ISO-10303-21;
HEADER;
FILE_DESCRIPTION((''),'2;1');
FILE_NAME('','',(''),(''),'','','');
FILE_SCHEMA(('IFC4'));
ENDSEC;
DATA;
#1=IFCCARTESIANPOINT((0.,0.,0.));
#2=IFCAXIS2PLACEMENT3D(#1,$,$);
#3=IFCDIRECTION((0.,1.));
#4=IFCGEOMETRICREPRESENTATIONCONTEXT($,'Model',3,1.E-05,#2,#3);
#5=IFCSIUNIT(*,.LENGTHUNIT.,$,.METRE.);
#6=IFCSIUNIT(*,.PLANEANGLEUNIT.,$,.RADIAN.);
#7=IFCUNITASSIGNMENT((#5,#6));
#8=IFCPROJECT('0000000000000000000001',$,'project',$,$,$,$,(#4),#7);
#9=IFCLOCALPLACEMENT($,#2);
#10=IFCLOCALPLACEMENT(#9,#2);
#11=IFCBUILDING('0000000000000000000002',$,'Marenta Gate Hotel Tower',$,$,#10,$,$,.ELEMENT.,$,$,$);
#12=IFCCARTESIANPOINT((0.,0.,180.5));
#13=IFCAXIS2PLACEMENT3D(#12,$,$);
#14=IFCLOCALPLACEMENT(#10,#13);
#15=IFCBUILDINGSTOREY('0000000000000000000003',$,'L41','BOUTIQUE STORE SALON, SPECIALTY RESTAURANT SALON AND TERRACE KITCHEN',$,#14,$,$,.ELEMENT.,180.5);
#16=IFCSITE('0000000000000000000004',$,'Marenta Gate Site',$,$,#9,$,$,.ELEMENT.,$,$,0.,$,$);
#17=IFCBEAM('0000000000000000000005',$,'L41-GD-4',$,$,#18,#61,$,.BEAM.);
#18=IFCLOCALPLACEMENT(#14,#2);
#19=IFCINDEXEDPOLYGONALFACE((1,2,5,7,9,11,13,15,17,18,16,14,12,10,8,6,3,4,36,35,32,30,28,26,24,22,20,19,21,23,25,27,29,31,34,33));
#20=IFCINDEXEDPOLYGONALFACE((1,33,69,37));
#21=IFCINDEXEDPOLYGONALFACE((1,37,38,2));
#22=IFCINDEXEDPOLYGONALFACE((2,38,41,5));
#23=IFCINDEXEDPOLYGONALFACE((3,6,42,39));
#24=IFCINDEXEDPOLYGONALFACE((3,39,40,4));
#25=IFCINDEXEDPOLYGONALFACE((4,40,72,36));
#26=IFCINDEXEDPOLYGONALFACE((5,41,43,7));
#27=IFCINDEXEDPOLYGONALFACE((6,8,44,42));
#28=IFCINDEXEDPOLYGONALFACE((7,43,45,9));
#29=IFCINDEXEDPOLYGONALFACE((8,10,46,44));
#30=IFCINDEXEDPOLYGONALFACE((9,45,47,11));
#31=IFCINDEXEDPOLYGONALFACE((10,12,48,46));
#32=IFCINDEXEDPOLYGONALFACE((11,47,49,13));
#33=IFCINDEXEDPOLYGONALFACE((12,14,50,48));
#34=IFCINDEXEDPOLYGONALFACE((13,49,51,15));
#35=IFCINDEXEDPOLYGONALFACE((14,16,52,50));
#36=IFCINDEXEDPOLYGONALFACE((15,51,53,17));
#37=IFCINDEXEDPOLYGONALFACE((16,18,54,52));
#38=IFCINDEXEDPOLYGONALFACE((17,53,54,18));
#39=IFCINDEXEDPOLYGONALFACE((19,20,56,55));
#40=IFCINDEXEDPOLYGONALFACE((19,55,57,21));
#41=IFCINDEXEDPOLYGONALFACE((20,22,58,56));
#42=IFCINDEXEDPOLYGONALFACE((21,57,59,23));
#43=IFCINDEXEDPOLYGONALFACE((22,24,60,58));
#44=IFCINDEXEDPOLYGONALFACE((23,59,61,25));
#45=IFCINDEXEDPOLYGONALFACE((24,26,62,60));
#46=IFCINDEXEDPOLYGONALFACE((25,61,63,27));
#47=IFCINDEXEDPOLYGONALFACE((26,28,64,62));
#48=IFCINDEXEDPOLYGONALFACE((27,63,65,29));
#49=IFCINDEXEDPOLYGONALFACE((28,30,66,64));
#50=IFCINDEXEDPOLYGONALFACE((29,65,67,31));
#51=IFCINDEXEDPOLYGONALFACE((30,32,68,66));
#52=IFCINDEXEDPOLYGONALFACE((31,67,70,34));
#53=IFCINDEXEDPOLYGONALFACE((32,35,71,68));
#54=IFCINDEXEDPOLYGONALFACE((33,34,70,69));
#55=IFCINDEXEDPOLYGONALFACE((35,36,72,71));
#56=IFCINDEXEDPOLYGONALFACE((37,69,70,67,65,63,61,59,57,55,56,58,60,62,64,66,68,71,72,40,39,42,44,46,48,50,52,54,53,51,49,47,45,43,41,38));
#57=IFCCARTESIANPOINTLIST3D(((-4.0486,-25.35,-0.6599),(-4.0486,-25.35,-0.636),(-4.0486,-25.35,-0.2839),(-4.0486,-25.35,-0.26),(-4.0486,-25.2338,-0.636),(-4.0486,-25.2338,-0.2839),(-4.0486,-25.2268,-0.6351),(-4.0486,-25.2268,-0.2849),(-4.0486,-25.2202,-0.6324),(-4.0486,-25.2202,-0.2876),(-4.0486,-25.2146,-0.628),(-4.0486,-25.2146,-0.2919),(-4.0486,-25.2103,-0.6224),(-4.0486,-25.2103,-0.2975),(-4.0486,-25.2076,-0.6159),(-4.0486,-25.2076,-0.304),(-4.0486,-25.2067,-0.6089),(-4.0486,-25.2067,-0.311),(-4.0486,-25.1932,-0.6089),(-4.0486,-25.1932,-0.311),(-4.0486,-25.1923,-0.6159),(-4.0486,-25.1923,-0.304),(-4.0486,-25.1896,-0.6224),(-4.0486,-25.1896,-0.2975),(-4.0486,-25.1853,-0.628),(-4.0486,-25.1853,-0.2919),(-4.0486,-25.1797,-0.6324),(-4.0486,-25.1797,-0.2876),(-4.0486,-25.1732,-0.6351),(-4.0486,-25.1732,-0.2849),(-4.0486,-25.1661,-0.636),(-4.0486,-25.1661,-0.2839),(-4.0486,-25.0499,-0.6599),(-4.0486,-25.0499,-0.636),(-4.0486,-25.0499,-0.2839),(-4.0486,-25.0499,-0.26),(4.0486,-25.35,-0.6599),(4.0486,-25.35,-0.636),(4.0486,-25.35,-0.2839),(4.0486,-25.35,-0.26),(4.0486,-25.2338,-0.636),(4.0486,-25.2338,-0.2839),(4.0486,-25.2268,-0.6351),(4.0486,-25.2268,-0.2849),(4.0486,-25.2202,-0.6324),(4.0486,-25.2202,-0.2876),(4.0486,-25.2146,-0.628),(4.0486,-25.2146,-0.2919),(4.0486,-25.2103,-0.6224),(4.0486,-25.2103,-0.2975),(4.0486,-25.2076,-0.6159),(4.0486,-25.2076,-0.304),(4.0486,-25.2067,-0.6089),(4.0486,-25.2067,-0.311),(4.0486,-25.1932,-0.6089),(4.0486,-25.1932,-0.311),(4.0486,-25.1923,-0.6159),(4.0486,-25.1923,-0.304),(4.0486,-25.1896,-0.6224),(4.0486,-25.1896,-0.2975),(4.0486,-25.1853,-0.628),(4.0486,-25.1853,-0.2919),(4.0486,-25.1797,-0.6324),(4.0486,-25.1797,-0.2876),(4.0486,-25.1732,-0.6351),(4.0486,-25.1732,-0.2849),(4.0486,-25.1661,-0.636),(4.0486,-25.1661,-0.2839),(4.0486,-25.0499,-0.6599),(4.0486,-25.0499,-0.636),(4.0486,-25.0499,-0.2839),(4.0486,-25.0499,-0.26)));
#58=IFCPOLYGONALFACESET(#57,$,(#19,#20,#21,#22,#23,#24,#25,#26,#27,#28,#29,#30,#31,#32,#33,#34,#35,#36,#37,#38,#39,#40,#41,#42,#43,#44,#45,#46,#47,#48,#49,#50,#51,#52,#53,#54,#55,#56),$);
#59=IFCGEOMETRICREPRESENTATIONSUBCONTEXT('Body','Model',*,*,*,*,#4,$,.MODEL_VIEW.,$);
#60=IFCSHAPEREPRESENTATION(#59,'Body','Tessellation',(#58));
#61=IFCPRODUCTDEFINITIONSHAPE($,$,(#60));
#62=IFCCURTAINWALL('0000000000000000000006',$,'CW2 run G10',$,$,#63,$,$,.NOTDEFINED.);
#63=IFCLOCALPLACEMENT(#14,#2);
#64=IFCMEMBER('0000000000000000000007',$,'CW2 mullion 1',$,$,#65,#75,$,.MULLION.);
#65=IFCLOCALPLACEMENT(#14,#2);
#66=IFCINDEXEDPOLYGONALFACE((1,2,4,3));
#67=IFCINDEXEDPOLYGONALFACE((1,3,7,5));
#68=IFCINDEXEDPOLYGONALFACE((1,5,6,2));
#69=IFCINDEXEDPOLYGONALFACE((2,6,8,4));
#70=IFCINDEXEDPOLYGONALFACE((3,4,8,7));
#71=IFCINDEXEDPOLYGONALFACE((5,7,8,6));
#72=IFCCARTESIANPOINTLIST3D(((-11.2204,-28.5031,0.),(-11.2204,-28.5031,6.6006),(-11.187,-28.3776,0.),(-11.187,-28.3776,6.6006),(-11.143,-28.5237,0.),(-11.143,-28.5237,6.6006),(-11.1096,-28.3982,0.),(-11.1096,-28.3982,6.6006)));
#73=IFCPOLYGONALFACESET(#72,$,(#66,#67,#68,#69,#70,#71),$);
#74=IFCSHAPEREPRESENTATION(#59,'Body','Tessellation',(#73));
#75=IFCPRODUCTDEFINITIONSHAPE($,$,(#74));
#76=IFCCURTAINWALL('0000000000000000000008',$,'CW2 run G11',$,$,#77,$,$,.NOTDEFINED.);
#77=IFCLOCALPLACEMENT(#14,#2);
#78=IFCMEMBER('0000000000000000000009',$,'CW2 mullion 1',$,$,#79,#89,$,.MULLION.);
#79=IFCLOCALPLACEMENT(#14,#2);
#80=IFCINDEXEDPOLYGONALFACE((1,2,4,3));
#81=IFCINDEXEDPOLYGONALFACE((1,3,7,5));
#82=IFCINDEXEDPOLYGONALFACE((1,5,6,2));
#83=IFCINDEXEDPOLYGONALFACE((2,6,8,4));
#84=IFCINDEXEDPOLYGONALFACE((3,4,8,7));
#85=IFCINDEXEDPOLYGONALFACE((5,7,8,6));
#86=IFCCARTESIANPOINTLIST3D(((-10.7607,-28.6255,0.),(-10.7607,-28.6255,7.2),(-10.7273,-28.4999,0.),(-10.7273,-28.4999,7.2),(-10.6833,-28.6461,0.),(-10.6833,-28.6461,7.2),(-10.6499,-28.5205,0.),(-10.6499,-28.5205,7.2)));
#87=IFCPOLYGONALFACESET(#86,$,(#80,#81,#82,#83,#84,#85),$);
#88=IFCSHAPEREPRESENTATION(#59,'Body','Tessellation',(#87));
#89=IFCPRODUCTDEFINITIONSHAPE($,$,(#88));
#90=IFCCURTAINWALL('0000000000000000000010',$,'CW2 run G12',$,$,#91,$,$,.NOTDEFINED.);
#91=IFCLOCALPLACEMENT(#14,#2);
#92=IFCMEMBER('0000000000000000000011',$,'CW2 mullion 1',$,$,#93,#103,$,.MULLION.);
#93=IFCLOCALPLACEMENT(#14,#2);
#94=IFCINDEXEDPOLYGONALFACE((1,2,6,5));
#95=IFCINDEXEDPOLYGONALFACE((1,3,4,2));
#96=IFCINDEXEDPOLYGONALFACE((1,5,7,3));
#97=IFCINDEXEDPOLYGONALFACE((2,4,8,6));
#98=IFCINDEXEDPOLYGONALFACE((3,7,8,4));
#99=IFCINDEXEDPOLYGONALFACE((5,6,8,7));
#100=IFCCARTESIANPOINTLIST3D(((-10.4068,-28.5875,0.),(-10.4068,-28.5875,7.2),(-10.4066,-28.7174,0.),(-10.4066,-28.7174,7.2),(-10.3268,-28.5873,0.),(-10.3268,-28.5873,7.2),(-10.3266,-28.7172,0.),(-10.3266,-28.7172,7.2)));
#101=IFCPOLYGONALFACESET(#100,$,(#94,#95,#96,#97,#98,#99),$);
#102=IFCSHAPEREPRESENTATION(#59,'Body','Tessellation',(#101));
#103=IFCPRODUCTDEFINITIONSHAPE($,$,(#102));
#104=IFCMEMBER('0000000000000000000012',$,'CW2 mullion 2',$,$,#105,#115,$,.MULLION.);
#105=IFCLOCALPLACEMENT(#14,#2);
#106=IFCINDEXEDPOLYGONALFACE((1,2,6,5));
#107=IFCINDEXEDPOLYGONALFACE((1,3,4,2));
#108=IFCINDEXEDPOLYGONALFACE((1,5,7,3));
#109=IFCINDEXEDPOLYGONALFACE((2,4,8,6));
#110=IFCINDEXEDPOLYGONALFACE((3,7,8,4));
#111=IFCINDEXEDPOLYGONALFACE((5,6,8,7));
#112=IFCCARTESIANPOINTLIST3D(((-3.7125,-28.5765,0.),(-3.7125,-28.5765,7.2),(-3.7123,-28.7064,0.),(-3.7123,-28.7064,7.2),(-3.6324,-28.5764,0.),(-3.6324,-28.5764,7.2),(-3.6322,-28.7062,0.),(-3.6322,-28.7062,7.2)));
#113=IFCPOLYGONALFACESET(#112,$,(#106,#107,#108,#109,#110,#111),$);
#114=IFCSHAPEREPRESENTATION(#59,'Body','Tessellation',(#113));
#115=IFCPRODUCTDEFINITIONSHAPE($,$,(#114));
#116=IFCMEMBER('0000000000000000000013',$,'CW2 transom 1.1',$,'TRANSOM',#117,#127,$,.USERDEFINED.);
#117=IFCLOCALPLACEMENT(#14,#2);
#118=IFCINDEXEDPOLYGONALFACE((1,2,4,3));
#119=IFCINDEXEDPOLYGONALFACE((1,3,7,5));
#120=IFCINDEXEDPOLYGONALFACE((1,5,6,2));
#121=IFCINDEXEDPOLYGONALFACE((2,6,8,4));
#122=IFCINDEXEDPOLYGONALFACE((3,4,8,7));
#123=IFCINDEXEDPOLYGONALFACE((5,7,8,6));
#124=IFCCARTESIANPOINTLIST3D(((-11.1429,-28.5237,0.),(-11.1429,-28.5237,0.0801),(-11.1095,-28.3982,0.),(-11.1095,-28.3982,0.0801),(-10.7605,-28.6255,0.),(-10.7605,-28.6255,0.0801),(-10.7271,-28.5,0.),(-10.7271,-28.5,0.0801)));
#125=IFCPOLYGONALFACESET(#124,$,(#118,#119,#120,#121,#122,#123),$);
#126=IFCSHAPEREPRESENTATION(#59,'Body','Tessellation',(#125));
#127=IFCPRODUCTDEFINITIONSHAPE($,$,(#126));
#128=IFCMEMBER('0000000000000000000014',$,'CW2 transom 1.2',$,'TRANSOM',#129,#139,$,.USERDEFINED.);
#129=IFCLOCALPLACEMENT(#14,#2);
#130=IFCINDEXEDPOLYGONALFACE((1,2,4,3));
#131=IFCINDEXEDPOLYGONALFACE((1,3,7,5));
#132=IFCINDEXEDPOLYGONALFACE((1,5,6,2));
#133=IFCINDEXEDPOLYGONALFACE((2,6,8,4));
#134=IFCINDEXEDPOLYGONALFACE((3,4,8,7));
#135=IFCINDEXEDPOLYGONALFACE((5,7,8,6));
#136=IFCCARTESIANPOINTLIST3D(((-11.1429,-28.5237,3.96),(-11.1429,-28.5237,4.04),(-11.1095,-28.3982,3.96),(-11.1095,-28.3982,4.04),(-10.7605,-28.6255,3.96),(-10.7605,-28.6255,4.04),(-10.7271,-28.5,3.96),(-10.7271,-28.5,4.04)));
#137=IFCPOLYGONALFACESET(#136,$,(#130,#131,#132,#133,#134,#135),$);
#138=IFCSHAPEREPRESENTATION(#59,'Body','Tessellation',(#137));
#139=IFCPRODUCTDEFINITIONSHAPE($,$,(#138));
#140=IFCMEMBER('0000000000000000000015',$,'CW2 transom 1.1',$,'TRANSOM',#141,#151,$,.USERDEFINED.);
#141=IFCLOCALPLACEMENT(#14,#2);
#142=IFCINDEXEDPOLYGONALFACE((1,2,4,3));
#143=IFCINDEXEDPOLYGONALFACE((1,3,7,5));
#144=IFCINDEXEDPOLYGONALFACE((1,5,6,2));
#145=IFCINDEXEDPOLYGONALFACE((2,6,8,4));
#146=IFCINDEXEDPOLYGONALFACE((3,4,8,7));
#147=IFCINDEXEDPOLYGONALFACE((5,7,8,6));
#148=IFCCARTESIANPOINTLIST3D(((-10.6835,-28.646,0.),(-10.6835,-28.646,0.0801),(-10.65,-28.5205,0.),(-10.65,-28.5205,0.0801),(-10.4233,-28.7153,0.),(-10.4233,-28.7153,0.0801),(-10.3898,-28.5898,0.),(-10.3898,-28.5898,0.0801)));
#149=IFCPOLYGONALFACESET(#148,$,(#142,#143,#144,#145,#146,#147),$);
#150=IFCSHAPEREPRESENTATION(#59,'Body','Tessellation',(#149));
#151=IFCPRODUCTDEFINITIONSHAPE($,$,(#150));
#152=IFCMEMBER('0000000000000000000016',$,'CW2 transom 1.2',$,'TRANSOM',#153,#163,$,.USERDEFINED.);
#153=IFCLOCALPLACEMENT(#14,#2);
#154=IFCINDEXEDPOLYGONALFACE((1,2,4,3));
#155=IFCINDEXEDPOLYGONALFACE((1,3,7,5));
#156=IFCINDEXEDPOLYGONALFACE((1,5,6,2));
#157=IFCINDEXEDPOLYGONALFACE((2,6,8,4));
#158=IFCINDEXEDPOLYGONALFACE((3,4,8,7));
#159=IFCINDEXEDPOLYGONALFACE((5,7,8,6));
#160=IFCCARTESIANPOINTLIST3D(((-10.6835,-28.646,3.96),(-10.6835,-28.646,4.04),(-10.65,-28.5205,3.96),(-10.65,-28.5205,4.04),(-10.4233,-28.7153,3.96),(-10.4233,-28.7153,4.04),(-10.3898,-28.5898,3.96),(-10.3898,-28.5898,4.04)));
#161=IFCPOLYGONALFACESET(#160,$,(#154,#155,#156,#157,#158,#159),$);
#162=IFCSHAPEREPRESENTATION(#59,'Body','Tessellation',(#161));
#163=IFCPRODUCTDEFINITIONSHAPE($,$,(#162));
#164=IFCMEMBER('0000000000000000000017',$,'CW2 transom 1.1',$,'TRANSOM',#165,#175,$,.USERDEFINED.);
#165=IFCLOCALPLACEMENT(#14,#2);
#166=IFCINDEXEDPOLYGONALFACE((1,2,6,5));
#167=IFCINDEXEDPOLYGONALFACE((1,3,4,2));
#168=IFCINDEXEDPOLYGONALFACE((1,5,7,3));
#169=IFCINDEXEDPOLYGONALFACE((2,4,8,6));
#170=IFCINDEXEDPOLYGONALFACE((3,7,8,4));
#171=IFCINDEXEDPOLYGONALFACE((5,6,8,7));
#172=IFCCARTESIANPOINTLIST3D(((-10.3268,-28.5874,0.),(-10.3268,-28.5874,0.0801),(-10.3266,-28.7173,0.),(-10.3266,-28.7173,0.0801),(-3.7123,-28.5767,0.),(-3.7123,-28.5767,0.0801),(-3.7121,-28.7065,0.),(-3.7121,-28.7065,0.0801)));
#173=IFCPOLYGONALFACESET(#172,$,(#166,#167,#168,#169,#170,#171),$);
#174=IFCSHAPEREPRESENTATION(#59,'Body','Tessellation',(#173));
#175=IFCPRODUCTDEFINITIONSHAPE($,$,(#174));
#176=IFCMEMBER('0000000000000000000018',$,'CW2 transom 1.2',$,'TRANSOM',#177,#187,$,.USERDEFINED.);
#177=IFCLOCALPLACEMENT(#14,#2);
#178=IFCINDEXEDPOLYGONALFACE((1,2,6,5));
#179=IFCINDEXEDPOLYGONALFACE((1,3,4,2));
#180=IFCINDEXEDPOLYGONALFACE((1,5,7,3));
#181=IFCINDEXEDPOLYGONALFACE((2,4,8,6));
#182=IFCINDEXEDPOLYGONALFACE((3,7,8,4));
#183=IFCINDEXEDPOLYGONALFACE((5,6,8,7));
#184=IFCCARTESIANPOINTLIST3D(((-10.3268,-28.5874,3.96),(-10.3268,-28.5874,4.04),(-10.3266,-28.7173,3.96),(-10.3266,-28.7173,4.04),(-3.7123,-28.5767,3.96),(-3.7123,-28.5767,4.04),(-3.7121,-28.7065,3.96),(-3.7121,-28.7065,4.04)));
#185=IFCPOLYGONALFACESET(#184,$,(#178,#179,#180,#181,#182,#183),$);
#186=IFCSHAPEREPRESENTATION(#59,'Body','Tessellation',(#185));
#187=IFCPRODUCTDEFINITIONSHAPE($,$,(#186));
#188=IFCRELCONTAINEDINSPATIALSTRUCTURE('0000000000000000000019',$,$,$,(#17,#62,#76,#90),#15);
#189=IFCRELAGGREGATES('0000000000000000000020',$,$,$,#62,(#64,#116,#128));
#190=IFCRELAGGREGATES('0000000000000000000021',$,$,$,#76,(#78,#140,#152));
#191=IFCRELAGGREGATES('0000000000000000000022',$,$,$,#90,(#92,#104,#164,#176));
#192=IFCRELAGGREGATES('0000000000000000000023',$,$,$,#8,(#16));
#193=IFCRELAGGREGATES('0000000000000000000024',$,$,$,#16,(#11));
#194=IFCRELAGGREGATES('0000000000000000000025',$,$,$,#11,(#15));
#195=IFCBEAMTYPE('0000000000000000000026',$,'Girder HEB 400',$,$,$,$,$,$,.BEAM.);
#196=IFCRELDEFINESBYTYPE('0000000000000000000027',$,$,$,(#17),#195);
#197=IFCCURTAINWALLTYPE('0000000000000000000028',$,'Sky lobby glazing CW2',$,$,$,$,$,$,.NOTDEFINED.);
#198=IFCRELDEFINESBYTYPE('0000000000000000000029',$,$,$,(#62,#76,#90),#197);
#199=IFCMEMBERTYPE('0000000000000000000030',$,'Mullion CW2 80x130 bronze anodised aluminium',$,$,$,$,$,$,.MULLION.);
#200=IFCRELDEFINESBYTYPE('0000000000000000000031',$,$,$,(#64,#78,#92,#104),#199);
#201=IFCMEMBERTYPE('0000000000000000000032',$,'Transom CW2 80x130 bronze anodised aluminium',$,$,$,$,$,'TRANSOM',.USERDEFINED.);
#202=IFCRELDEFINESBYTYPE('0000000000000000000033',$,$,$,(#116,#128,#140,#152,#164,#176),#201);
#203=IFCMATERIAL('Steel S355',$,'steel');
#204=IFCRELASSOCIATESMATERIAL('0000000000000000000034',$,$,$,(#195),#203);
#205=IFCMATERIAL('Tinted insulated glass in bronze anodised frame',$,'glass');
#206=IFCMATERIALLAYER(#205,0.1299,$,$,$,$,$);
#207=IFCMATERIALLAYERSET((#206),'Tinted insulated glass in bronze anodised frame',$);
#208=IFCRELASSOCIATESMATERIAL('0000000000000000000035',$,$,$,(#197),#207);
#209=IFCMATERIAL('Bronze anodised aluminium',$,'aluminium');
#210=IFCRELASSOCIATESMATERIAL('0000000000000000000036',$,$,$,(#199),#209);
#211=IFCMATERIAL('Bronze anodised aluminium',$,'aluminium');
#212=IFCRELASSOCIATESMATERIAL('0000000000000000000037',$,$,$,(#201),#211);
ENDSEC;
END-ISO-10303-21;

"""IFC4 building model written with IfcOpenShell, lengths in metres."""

from ifc_helpers import new_model, si_unit, direction, frame, origin, origin_2d, place, context, subcontext, project, spatial, rectangle, i_section, extrude, material, layer, layer_set, material_profile, profile_set, type_object, element, aggregate, save


model = new_model("IFC4")

# Units and contexts
model_context = context("Model", 3, precision=1e-05, world=origin(), true_north=direction((0.0, 1.0)))
body_context = subcontext(model_context, "Body", "Model", "MODEL_VIEW")
ifc_project = project(units=[si_unit("LENGTHUNIT", "METRE"), si_unit("PLANEANGLEUNIT", "RADIAN")], contexts=[model_context])

# Site, building, storey
site_placement = place(None, origin())
site = spatial("IfcSite", under=ifc_project, at=site_placement, Name="Marenta Gate Site", CompositionType="ELEMENT", RefElevation=0.0)
building_placement = place(site_placement, origin())
building = spatial("IfcBuilding", under=site, at=building_placement, Name="Marenta Gate Hotel Tower", CompositionType="ELEMENT")
storey_placement = place(building_placement, frame((0.0, 0.0, 180.5)))
storey = spatial("IfcBuildingStorey", under=building, at=storey_placement, Name="L41", Description="BOUTIQUE STORE SALON, SPECIALTY RESTAURANT SALON AND TERRACE KITCHEN", CompositionType="ELEMENT", Elevation=180.5)

# Beam
ifc_material_1 = material(Name="Steel S355", Category="steel")
ifc_material_profile_1 = material_profile(ifc_material_1, i_section(OverallWidth=0.3, OverallDepth=0.3999, WebThickness=0.0134, FlangeThickness=0.0239, FilletRadius=0.0271, at=origin_2d()), Name="HEB 400")
ifc_profile_set_1 = profile_set([ifc_material_profile_1], Name="Steel S355")
beam_type_1 = type_object("IfcBeamType", Name="Girder HEB 400", PredefinedType="BEAM", material=ifc_profile_set_1)
beam_1_placement = place(storey_placement, frame((-4.0486, -25.2, -0.46), z_axis=(1.0, 0.0, 0.0), x_axis=(0.0, 1.0, 0.0)))
element("IfcBeam", 1, at=beam_1_placement, inside=storey, type_object=beam_type_1, Name="L41-GD-4", PredefinedType="BEAM", context=body_context, shape_type="SweptSolid", body=[
    extrude(i_section(OverallWidth=0.3, OverallDepth=0.3999, WebThickness=0.0134, FlangeThickness=0.0239, FilletRadius=0.0271, at=origin_2d()), origin(), (0.0, 0.0, 1.0), 8.0972),
])

# Curtain walls, members
ifc_material_2 = material(Name="Tinted insulated glass in bronze anodised frame", Category="glass")
ifc_layer_1 = layer(ifc_material_2, 0.1299)
ifc_layer_set_1 = layer_set([ifc_layer_1], Name="Tinted insulated glass in bronze anodised frame")
curtain_wall_type = type_object("IfcCurtainWallType", Name="Sky lobby glazing CW2", PredefinedType="NOTDEFINED", material=ifc_layer_set_1)
curtain_wall_1_placement = place(storey_placement, origin())
curtain_wall_1 = element("IfcCurtainWall", 2, at=curtain_wall_1_placement, inside=storey, type_object=curtain_wall_type, Name="CW2 run G10", PredefinedType="NOTDEFINED")
ifc_material_3 = material(Name="Bronze anodised aluminium", Category="aluminium")
ifc_material_profile_2 = material_profile(ifc_material_3, rectangle(XDim=0.1299, YDim=0.0801, at=origin_2d()), Name="Mullion CW2 80x130 bronze anodised aluminium")
ifc_profile_set_2 = profile_set([ifc_material_profile_2], Name="Bronze anodised aluminium")
member_type_1 = type_object("IfcMemberType", Name="Mullion CW2 80x130 bronze anodised aluminium", PredefinedType="MULLION", material=ifc_profile_set_2)
member_1_placement = place(storey_placement, frame((-11.165, -28.4507, 0.0), z_axis=(0.0, 0.0, 1.0), x_axis=(0.257152, 0.966371, 0.0)))
member_1 = element("IfcMember", 3, at=member_1_placement, type_object=member_type_1, Name="CW2 mullion 1", PredefinedType="MULLION", context=body_context, shape_type="SweptSolid", body=[
    extrude(rectangle(XDim=0.1299, YDim=0.0801, at=origin_2d()), origin(), (0.0, 0.0, 1.0), 6.6006),
])
curtain_wall_2_placement = place(storey_placement, origin())
curtain_wall_2 = element("IfcCurtainWall", 4, at=curtain_wall_2_placement, inside=storey, type_object=curtain_wall_type, Name="CW2 run G11", PredefinedType="NOTDEFINED")
member_2_placement = place(storey_placement, frame((-10.7053, -28.573, 0.0), z_axis=(0.0, 0.0, 1.0), x_axis=(0.257199, 0.966358, 0.0)))
member_2 = element("IfcMember", 5, at=member_2_placement, type_object=member_type_1, Name="CW2 mullion 1", PredefinedType="MULLION", context=body_context, shape_type="SweptSolid", body=[
    extrude(rectangle(XDim=0.1299, YDim=0.0801, at=origin_2d()), origin(), (0.0, 0.0, 1.0), 7.2),
])

# Curtain wall, members
curtain_wall_3_placement = place(storey_placement, origin())
curtain_wall_3 = element("IfcCurtainWall", 6, at=curtain_wall_3_placement, inside=storey, type_object=curtain_wall_type, Name="CW2 run G12", PredefinedType="NOTDEFINED")
member_3_placement = place(storey_placement, frame((-10.3667, -28.6523, 0.0), z_axis=(0.0, 0.0, 1.0), x_axis=(-0.001643, 0.999999, 0.0)))
member_3 = element("IfcMember", 7, at=member_3_placement, type_object=member_type_1, Name="CW2 mullion 1", PredefinedType="MULLION", context=body_context, shape_type="SweptSolid", body=[
    extrude(rectangle(XDim=0.1299, YDim=0.0801, at=origin_2d()), origin(), (0.0, 0.0, 1.0), 7.2),
])
member_4_placement = place(storey_placement, frame((-3.6724, -28.6414, 0.0), z_axis=(0.0, 0.0, 1.0), x_axis=(-0.001643, 0.999999, 0.0)))
member_4 = element("IfcMember", 8, at=member_4_placement, type_object=member_type_1, Name="CW2 mullion 2", PredefinedType="MULLION", context=body_context, shape_type="SweptSolid", body=[
    extrude(rectangle(XDim=0.1299, YDim=0.0801, at=origin_2d()), origin(), (0.0, 0.0, 1.0), 7.2),
])

# Members
ifc_material_4 = material(Name="Bronze anodised aluminium", Category="aluminium")
ifc_material_profile_3 = material_profile(ifc_material_4, rectangle(XDim=0.1299, YDim=0.0801, at=origin_2d()), Name="Transom CW2 80x130 bronze anodised aluminium")
ifc_profile_set_3 = profile_set([ifc_material_profile_3], Name="Bronze anodised aluminium")
member_type_2 = type_object("IfcMemberType", Name="Transom CW2 80x130 bronze anodised aluminium", ElementType="TRANSOM", PredefinedType="USERDEFINED", material=ifc_profile_set_3)
member_5_placement = place(storey_placement, frame((-11.1262, -28.4609, 0.04), z_axis=(0.966327, -0.257317, 0.0), x_axis=(0.257317, 0.966327, 0.0)))
member_5 = element("IfcMember", 9, at=member_5_placement, type_object=member_type_2, Name="CW2 transom 1.1", ObjectType="TRANSOM", PredefinedType="USERDEFINED", context=body_context, shape_type="SweptSolid", body=[
    extrude(rectangle(XDim=0.1299, YDim=0.0801, at=origin_2d()), origin(), (0.0, 0.0, 1.0), 0.3958),
])
member_6_placement = place(storey_placement, frame((-11.1262, -28.4609, 4.0), z_axis=(0.966327, -0.257317, 0.0), x_axis=(0.257317, 0.966327, 0.0)))
member_6 = element("IfcMember", 10, at=member_6_placement, type_object=member_type_2, Name="CW2 transom 1.2", ObjectType="TRANSOM", PredefinedType="USERDEFINED", context=body_context, shape_type="SweptSolid", body=[
    extrude(rectangle(XDim=0.1299, YDim=0.0801, at=origin_2d()), origin(), (0.0, 0.0, 1.0), 0.3958),
])
member_7_placement = place(storey_placement, frame((-10.6667, -28.5833, 0.04), z_axis=(0.966295, -0.257437, 0.0), x_axis=(0.257437, 0.966295, 0.0)))
member_7 = element("IfcMember", 11, at=member_7_placement, type_object=member_type_2, Name="CW2 transom 1.1", ObjectType="TRANSOM", PredefinedType="USERDEFINED", context=body_context, shape_type="SweptSolid", body=[
    extrude(rectangle(XDim=0.1299, YDim=0.0801, at=origin_2d()), origin(), (0.0, 0.0, 1.0), 0.2693),
])
member_8_placement = place(storey_placement, frame((-10.6667, -28.5833, 4.0), z_axis=(0.966295, -0.257437, 0.0), x_axis=(0.257437, 0.966295, 0.0)))
member_8 = element("IfcMember", 12, at=member_8_placement, type_object=member_type_2, Name="CW2 transom 1.2", ObjectType="TRANSOM", PredefinedType="USERDEFINED", context=body_context, shape_type="SweptSolid", body=[
    extrude(rectangle(XDim=0.1299, YDim=0.0801, at=origin_2d()), origin(), (0.0, 0.0, 1.0), 0.2693),
])
member_9_placement = place(storey_placement, frame((-10.3267, -28.6523, 0.04), z_axis=(0.999999, 0.001624, 0.0), x_axis=(-0.001624, 0.999999, 0.0)))
member_9 = element("IfcMember", 13, at=member_9_placement, type_object=member_type_2, Name="CW2 transom 1.1", ObjectType="TRANSOM", PredefinedType="USERDEFINED", context=body_context, shape_type="SweptSolid", body=[
    extrude(rectangle(XDim=0.1299, YDim=0.0801, at=origin_2d()), origin(), (0.0, 0.0, 1.0), 6.6145),
])
member_10_placement = place(storey_placement, frame((-10.3267, -28.6523, 4.0), z_axis=(0.999999, 0.001624, 0.0), x_axis=(-0.001624, 0.999999, 0.0)))
member_10 = element("IfcMember", 14, at=member_10_placement, type_object=member_type_2, Name="CW2 transom 1.2", ObjectType="TRANSOM", PredefinedType="USERDEFINED", context=body_context, shape_type="SweptSolid", body=[
    extrude(rectangle(XDim=0.1299, YDim=0.0801, at=origin_2d()), origin(), (0.0, 0.0, 1.0), 6.6145),
])

aggregate(curtain_wall_1, [member_1, member_5, member_6])
aggregate(curtain_wall_2, [member_2, member_7, member_8])
aggregate(curtain_wall_3, [member_3, member_4, member_9, member_10])

save(model, "model.ifc")
